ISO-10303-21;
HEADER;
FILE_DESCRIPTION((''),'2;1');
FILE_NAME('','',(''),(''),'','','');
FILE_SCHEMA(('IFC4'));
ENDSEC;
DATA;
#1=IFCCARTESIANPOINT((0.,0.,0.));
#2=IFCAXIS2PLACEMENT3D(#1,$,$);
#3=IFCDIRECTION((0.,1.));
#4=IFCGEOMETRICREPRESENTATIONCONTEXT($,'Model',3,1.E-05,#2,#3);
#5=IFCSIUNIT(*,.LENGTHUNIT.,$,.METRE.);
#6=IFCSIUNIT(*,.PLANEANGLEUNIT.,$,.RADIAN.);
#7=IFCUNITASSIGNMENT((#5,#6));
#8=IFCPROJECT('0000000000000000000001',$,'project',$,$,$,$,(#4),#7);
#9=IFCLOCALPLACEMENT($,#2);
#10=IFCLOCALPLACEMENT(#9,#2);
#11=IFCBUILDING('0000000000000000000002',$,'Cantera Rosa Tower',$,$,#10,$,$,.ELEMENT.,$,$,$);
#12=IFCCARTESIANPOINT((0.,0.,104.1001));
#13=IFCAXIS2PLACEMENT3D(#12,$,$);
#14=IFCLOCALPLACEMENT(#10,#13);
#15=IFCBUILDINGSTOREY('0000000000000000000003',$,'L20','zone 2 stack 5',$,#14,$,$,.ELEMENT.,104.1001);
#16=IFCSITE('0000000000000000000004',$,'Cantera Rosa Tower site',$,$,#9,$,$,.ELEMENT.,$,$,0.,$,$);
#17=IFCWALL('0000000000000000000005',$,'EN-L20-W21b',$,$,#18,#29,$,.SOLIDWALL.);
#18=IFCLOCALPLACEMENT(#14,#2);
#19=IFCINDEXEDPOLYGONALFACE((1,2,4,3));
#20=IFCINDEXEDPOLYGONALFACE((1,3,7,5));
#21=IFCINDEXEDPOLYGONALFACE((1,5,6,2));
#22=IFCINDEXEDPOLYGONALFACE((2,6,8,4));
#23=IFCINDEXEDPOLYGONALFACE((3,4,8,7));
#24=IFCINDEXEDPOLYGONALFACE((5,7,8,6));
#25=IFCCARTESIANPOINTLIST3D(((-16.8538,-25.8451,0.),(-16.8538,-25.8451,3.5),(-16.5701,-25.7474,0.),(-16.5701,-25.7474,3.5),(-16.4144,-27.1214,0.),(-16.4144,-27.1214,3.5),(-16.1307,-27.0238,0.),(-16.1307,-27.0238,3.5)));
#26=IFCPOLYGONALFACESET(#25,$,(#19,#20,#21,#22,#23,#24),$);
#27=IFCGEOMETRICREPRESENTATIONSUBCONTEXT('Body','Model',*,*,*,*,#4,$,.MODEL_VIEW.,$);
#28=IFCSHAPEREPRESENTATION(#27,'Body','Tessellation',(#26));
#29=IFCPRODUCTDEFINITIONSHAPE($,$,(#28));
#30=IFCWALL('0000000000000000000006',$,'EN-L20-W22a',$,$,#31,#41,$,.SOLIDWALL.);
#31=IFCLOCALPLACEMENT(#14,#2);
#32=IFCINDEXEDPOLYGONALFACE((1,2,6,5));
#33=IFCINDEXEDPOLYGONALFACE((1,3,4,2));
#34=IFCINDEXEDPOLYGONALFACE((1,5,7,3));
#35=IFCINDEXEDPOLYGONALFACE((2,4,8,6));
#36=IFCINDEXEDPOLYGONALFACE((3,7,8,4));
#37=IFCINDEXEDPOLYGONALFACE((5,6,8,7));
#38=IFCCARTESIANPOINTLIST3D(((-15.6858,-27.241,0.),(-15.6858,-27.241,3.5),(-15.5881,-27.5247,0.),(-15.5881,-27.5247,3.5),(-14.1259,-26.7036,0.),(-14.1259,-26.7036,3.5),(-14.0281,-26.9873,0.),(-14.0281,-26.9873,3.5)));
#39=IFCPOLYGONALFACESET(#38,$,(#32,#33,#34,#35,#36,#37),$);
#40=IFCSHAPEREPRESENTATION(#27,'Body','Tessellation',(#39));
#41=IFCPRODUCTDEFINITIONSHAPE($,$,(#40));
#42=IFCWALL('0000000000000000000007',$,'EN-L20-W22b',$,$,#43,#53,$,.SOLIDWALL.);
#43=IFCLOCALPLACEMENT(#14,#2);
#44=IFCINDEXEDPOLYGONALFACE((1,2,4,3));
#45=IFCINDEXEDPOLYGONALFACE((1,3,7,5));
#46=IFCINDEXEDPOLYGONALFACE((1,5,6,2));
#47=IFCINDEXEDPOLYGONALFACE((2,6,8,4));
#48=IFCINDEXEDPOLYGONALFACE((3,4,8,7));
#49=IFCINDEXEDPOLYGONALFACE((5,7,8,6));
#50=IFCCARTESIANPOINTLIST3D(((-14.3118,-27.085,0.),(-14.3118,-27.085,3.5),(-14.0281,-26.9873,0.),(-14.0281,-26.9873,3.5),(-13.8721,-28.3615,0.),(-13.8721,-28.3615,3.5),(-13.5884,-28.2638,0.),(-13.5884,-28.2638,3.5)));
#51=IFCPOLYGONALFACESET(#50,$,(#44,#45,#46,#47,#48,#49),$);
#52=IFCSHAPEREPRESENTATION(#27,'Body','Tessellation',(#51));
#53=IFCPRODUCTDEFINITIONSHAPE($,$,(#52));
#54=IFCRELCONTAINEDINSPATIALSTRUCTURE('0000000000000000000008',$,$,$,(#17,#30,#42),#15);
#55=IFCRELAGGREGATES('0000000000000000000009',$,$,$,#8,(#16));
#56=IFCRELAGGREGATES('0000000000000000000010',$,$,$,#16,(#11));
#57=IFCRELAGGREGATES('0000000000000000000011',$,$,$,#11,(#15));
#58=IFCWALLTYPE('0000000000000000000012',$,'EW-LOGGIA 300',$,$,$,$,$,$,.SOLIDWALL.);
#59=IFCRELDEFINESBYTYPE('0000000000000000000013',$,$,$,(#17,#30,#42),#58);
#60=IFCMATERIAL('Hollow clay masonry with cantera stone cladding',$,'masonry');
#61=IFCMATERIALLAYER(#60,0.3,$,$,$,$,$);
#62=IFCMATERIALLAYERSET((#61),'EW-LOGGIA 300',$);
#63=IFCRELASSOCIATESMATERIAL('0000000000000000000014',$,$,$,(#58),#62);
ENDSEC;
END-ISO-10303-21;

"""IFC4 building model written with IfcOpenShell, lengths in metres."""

from ifc_helpers import new_model, si_unit, direction, frame, frame_2d, origin, place, context, subcontext, project, spatial, rectangle, extrude, material, layer, layer_set, type_object, element, save


model = new_model("IFC4")

# Units and contexts
model_context = context("Model", 3, precision=1e-05, world=origin(), true_north=direction((0.0, 1.0)))
body_context = subcontext(model_context, "Body", "Model", "MODEL_VIEW")
ifc_project = project(units=[si_unit("LENGTHUNIT", "METRE"), si_unit("PLANEANGLEUNIT", "RADIAN")], contexts=[model_context])

# Site, building, storey
site_placement = place(None, origin())
site = spatial("IfcSite", under=ifc_project, at=site_placement, Name="Cantera Rosa Tower site", CompositionType="ELEMENT", RefElevation=0.0)
building_placement = place(site_placement, origin())
building = spatial("IfcBuilding", under=site, at=building_placement, Name="Cantera Rosa Tower", CompositionType="ELEMENT")
storey_placement = place(building_placement, frame((0.0, 0.0, 104.1001)))
storey = spatial("IfcBuildingStorey", under=building, at=storey_placement, Name="L20", Description="zone 2 stack 5", CompositionType="ELEMENT", Elevation=104.1001)

# Walls
ifc_material_1 = material(Name="Hollow clay masonry with cantera stone cladding", Category="masonry")
ifc_layer_1 = layer(ifc_material_1, 0.3)
ifc_layer_set_1 = layer_set([ifc_layer_1], Name="EW-LOGGIA 300")
wall_type_1 = type_object("IfcWallType", Name="EW-LOGGIA 300", PredefinedType="SOLIDWALL", material=ifc_layer_set_1)
wall_1_placement = place(storey_placement, frame((-16.7119, -25.7964, 0.0), z_axis=(0.0, 0.0, 1.0), x_axis=(0.325545, -0.945527, 0.0)))
element("IfcWall", 1, at=wall_1_placement, inside=storey, type_object=wall_type_1, Name="EN-L20-W21b", PredefinedType="SOLIDWALL", context=body_context, shape_type="SweptSolid", body=[
    extrude(rectangle(XDim=1.3499, YDim=0.3, at=frame_2d((0.6748, 0.0))), origin(), (0.0, 0.0, 1.0), 3.5),
])
wall_2_placement = place(storey_placement, frame((-15.637, -27.3828, 0.0), z_axis=(0.0, 0.0, 1.0), x_axis=(0.945485, 0.325667, 0.0)))
element("IfcWall", 2, at=wall_2_placement, inside=storey, type_object=wall_type_1, Name="EN-L20-W22a", PredefinedType="SOLIDWALL", context=body_context, shape_type="SweptSolid", body=[
    extrude(rectangle(XDim=1.6499, YDim=0.3, at=frame_2d((0.825, 0.0))), origin(), (0.0, 0.0, 1.0), 3.5),
])
wall_3_placement = place(storey_placement, frame((-14.1699, -27.0361, 0.0), z_axis=(0.0, 0.0, 1.0), x_axis=(0.325651, -0.94549, 0.0)))
element("IfcWall", 3, at=wall_3_placement, inside=storey, type_object=wall_type_1, Name="EN-L20-W22b", PredefinedType="SOLIDWALL", context=body_context, shape_type="SweptSolid", body=[
    extrude(rectangle(XDim=1.3501, YDim=0.3, at=frame_2d((0.675, 0.0))), origin(), (0.0, 0.0, 1.0), 3.5),
])

save(model, "model.ifc")
